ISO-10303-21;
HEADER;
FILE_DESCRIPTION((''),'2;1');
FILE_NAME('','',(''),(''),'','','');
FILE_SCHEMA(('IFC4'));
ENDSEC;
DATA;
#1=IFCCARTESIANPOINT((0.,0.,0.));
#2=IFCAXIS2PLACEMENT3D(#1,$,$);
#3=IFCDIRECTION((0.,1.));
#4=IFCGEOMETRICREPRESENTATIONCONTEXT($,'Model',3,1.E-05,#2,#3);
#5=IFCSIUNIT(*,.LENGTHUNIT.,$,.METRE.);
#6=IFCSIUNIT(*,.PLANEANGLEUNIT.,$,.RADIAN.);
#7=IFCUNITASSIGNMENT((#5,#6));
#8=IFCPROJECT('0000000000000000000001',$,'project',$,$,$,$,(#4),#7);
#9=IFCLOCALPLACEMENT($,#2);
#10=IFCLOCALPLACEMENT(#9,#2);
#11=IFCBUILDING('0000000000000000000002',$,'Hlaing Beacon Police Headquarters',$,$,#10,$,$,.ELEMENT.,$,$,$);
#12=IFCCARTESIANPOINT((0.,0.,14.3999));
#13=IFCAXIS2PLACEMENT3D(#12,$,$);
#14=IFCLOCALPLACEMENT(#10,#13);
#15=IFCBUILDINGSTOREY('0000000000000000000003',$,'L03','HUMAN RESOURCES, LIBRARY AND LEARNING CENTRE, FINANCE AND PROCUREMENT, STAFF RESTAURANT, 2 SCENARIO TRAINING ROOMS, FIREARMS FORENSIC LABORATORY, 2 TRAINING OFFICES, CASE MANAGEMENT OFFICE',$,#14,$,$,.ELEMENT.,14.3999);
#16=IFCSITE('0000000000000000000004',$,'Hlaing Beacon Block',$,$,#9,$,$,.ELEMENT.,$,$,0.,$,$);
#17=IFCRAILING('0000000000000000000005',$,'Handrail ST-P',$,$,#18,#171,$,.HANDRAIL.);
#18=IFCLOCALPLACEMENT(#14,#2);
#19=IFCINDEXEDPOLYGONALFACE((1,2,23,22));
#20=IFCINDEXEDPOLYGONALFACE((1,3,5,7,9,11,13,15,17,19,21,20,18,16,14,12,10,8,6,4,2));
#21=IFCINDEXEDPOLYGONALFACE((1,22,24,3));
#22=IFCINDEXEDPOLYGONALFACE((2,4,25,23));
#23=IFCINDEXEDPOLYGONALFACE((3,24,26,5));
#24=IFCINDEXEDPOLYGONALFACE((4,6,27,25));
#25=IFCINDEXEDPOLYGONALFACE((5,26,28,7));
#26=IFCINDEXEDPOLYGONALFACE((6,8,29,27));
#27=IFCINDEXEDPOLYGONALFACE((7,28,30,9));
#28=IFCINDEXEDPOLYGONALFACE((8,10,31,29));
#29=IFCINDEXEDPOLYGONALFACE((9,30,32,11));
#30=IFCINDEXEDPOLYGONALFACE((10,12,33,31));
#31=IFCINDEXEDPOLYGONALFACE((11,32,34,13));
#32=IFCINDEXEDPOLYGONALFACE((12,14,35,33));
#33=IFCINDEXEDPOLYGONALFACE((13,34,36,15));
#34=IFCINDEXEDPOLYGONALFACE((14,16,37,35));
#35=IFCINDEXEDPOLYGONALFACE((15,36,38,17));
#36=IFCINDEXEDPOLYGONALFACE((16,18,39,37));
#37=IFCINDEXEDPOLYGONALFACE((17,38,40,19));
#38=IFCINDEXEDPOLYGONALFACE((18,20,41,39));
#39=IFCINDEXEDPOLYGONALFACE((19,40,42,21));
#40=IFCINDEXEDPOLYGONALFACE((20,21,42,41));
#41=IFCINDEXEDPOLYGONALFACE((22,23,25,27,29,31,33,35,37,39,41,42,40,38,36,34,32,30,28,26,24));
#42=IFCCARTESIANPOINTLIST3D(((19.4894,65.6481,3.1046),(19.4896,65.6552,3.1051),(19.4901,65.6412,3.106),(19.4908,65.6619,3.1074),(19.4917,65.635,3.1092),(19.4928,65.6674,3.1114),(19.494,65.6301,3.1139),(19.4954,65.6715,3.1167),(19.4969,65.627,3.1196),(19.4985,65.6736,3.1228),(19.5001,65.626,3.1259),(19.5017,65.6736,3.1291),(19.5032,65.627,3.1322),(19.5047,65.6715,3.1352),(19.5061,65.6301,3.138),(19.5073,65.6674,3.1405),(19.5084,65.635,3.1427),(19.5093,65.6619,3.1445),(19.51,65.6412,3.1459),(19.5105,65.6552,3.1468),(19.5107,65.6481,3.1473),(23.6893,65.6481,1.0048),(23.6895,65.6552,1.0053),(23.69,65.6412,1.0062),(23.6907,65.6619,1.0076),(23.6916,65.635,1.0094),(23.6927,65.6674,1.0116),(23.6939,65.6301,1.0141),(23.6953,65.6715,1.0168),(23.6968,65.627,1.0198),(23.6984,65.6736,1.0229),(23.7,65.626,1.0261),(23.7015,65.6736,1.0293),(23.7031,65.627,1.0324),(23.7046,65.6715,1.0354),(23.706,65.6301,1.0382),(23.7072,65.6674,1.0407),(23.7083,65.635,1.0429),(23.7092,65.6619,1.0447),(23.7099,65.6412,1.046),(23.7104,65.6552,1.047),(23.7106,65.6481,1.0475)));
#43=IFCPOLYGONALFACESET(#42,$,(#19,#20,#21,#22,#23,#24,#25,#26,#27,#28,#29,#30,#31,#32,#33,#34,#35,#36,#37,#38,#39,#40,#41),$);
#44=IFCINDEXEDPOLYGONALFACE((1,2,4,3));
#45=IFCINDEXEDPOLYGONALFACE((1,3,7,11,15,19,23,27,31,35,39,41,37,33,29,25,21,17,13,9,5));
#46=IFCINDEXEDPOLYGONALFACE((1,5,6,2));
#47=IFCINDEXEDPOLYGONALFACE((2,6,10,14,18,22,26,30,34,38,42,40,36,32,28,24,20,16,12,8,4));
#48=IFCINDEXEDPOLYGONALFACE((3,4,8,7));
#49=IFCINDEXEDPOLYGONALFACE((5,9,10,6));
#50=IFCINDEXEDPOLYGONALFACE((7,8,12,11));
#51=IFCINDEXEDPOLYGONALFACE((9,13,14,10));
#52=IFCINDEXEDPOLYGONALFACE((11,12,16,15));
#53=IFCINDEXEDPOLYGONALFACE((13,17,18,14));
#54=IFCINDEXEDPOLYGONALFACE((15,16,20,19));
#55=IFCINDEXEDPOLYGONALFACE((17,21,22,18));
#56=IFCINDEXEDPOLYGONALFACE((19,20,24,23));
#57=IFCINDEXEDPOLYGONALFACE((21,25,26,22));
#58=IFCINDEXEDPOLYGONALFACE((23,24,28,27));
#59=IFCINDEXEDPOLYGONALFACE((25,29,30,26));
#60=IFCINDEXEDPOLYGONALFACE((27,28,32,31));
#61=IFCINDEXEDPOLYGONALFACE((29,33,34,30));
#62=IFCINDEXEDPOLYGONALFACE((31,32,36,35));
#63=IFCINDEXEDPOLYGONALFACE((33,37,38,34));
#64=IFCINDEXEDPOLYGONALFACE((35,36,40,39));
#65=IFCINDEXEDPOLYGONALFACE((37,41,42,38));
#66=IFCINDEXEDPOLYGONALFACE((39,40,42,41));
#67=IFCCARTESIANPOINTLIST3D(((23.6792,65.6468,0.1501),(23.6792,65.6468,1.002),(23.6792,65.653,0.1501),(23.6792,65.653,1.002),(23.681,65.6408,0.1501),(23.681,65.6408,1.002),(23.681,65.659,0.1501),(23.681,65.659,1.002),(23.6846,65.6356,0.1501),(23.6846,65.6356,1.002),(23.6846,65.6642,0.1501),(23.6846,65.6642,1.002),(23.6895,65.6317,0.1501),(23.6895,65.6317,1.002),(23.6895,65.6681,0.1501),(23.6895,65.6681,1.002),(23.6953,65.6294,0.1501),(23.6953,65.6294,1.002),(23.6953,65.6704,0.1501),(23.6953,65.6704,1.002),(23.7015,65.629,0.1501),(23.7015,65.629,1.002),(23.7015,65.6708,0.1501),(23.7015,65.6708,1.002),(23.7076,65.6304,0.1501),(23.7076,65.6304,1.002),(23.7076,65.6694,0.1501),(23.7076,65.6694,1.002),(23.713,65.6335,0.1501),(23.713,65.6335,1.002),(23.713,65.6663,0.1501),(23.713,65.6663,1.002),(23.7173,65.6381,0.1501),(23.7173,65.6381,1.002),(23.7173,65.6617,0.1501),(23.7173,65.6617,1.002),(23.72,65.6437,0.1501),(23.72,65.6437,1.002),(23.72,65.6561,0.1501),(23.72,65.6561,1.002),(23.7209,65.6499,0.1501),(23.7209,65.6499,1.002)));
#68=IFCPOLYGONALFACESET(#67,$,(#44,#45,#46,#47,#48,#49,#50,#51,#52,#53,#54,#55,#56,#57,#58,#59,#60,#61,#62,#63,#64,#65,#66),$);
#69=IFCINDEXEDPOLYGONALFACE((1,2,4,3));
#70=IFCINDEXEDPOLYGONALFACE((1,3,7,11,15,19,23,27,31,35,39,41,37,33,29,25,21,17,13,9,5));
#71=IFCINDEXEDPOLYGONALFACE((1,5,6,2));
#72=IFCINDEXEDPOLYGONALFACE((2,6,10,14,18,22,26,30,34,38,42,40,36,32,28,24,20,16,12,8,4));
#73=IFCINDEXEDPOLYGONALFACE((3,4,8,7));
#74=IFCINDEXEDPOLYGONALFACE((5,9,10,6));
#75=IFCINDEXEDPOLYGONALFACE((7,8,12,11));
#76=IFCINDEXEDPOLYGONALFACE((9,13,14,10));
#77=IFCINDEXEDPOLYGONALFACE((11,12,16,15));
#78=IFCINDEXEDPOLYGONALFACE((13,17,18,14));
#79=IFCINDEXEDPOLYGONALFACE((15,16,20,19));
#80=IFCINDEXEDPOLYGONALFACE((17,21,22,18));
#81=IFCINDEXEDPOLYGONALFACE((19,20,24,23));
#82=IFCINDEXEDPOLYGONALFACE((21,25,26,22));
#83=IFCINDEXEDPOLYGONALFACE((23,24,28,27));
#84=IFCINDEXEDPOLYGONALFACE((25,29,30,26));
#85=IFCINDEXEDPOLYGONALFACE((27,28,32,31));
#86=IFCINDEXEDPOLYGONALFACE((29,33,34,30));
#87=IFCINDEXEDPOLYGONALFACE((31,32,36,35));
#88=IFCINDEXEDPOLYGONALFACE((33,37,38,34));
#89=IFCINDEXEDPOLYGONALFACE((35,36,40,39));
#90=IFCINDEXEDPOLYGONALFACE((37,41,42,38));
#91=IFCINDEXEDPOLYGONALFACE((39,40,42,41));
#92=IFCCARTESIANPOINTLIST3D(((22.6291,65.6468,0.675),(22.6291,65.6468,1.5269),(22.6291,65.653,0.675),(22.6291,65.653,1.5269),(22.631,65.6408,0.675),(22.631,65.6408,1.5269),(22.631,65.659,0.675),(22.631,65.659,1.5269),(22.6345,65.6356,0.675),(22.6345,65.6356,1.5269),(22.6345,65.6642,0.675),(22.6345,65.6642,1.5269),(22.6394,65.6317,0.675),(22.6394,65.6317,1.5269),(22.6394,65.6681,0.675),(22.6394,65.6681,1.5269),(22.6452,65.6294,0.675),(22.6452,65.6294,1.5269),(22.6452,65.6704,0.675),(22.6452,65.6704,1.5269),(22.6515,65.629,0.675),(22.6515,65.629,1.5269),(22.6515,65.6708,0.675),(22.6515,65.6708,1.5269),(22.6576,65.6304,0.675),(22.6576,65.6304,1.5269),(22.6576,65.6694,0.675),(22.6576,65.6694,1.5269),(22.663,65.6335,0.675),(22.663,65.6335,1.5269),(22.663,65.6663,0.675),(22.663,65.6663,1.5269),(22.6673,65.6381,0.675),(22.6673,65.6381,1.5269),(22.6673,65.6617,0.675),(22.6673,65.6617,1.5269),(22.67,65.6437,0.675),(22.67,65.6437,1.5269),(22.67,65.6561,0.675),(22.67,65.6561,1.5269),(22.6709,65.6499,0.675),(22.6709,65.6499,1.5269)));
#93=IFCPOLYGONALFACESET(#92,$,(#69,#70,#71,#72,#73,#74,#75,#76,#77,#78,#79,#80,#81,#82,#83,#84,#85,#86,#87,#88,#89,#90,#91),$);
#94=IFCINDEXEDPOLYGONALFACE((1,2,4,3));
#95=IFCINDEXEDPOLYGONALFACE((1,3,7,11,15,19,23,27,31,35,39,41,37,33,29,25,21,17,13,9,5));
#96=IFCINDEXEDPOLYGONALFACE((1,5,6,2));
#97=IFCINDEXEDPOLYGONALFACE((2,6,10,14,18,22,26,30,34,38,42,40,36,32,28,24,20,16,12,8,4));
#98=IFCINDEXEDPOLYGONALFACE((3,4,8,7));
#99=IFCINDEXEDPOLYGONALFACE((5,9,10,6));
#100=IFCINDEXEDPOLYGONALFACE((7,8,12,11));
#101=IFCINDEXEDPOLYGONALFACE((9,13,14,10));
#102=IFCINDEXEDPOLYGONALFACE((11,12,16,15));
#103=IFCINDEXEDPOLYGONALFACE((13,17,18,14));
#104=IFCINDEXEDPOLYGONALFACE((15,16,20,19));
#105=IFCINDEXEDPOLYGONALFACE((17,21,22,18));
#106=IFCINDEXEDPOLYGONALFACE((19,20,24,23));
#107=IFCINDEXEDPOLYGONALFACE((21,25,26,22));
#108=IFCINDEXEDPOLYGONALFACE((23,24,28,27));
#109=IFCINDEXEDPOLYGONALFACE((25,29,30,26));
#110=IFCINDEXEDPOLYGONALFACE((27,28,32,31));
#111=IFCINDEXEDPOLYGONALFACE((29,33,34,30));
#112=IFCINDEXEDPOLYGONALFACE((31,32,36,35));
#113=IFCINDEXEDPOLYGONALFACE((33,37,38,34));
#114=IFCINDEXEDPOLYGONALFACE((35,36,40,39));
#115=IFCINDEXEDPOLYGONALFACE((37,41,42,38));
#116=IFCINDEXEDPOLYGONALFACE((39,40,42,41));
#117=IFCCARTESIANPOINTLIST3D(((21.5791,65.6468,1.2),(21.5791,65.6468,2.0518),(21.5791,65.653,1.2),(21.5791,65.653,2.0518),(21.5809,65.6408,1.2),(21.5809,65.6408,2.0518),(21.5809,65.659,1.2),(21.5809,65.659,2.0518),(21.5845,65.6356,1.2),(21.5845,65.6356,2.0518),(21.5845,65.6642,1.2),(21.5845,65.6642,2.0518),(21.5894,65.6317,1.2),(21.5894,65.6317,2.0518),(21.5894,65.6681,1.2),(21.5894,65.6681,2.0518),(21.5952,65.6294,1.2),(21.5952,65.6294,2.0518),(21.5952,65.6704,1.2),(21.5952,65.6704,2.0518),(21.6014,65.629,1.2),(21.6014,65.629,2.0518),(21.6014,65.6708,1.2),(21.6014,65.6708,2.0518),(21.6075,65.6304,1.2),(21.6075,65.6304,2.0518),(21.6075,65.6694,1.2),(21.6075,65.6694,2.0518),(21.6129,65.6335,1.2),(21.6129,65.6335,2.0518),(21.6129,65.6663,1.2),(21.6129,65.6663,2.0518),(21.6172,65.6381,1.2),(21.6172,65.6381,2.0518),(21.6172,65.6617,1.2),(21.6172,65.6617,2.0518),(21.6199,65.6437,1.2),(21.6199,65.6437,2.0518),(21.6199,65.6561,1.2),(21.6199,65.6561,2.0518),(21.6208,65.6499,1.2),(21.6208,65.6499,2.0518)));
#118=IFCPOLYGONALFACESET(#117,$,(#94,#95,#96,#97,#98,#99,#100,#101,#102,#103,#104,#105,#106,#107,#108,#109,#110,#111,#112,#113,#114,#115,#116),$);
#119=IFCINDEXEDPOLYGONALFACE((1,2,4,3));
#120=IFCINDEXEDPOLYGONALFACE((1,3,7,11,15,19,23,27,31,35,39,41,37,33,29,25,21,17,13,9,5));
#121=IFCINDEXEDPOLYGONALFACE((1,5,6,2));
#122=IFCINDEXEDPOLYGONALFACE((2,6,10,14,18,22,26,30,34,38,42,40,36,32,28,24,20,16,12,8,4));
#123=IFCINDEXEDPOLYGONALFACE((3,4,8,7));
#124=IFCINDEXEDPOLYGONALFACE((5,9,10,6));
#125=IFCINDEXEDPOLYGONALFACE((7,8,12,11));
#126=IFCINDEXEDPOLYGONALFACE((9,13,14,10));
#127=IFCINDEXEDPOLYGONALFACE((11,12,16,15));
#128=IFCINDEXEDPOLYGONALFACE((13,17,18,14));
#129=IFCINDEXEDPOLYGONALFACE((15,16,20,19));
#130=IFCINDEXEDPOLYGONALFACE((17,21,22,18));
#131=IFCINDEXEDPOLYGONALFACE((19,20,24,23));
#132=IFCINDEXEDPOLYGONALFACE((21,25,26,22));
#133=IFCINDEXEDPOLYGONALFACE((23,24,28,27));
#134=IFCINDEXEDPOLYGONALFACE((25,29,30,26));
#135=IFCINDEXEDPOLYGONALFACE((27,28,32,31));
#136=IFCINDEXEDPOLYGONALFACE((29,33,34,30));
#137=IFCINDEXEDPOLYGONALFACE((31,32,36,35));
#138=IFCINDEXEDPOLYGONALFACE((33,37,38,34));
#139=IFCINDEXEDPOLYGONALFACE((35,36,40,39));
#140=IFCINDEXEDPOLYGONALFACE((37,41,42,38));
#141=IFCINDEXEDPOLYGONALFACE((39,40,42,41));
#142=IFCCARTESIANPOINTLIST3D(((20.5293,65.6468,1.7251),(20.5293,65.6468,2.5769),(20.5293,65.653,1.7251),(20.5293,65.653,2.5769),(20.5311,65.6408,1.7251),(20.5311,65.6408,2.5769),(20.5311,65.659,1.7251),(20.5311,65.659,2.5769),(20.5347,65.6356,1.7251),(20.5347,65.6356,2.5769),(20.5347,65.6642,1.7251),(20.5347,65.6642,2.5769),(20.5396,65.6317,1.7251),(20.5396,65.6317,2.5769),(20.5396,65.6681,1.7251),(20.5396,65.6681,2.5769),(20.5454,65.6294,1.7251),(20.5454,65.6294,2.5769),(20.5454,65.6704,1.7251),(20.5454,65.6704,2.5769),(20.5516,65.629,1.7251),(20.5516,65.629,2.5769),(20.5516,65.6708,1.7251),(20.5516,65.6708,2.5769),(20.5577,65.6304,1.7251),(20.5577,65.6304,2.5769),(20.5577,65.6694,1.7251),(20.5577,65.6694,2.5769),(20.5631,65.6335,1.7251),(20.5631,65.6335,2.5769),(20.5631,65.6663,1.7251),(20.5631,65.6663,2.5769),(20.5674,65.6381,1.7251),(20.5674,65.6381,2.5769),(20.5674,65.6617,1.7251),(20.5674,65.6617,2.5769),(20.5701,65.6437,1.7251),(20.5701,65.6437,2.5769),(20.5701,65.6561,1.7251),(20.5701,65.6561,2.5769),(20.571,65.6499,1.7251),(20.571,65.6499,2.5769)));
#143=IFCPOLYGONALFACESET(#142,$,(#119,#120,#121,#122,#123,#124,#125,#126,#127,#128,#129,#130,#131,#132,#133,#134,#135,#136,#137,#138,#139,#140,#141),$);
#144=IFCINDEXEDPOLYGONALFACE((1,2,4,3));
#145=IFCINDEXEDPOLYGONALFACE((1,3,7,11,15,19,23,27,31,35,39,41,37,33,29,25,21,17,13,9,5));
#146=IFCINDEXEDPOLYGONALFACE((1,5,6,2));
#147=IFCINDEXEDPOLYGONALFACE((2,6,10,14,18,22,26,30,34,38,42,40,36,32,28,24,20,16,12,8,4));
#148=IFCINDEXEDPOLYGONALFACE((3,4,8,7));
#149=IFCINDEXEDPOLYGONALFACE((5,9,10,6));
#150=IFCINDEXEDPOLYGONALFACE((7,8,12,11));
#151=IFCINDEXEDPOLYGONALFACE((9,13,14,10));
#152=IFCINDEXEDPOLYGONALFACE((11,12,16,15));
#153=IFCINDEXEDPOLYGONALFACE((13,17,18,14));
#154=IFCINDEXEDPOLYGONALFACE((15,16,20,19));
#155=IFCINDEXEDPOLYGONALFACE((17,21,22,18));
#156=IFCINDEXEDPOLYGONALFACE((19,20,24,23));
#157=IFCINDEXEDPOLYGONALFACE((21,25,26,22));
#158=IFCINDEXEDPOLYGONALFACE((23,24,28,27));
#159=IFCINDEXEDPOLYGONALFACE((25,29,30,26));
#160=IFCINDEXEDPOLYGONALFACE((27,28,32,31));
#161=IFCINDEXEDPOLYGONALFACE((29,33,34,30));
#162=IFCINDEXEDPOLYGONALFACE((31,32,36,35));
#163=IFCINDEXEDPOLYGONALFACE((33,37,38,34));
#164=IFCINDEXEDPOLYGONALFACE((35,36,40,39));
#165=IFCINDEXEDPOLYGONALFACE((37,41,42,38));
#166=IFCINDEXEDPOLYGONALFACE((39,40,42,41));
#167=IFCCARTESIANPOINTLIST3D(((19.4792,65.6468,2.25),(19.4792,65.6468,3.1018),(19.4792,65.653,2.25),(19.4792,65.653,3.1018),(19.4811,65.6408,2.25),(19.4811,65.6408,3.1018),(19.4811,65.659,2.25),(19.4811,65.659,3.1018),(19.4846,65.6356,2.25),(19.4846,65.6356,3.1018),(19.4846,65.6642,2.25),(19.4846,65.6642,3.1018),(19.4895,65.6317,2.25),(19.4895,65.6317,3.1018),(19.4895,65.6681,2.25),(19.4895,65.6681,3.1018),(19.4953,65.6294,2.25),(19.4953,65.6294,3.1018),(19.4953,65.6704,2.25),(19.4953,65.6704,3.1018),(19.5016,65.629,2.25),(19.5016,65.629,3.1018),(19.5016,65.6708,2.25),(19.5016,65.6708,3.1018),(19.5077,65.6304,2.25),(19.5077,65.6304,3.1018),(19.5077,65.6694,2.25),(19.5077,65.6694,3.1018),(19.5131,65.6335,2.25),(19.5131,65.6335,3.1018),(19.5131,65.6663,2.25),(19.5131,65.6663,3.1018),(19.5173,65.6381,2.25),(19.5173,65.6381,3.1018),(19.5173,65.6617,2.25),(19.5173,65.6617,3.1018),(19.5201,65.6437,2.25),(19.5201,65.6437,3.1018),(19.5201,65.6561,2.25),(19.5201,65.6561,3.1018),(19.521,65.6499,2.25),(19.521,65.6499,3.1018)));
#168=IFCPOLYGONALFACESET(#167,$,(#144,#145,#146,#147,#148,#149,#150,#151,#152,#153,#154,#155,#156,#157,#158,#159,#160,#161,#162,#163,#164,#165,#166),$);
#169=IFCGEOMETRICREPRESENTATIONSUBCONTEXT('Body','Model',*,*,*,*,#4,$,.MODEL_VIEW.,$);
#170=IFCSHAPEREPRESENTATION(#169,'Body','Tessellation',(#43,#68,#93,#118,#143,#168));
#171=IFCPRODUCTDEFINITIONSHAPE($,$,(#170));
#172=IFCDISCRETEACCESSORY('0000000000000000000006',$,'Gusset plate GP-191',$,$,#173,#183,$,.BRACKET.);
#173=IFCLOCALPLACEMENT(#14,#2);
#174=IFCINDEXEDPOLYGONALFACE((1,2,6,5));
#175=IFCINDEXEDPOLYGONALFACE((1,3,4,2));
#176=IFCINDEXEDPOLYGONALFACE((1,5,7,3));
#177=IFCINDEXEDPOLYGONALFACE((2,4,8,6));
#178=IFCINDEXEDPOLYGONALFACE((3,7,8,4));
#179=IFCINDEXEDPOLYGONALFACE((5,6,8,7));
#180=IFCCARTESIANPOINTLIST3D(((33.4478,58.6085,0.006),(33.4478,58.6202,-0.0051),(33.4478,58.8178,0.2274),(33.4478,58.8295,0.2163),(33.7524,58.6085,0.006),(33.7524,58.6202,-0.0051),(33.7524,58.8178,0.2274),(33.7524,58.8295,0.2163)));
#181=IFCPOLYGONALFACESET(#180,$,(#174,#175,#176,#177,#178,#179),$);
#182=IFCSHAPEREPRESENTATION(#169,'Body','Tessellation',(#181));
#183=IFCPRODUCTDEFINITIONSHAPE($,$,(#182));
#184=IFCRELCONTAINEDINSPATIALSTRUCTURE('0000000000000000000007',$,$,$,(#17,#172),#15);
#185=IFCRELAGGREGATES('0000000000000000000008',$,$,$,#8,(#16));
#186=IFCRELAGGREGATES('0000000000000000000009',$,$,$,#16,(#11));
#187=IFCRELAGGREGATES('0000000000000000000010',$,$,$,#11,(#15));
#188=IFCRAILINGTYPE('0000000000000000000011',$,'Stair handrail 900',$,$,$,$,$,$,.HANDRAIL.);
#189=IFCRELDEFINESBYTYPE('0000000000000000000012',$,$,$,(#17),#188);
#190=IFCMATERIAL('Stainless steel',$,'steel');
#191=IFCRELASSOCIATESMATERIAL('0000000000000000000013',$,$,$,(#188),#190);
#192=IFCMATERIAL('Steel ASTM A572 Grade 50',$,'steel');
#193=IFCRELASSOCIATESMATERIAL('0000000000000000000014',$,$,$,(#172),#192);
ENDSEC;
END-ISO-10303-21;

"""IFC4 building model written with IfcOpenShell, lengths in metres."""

from ifc_helpers import new_model, si_unit, direction, frame, origin, origin_2d, place, context, subcontext, project, spatial, rectangle, circle, extrude, material, type_object, element, save


model = new_model("IFC4")

# Units and contexts
model_context = context("Model", 3, precision=1e-05, world=origin(), true_north=direction((0.0, 1.0)))
body_context = subcontext(model_context, "Body", "Model", "MODEL_VIEW")
ifc_project = project(units=[si_unit("LENGTHUNIT", "METRE"), si_unit("PLANEANGLEUNIT", "RADIAN")], contexts=[model_context])

# Site, building, storey
site_placement = place(None, origin())
site = spatial("IfcSite", under=ifc_project, at=site_placement, Name="Hlaing Beacon Block", CompositionType="ELEMENT", RefElevation=0.0)
building_placement = place(site_placement, origin())
building = spatial("IfcBuilding", under=site, at=building_placement, Name="Hlaing Beacon Police Headquarters", CompositionType="ELEMENT")
storey_placement = place(building_placement, frame((0.0, 0.0, 14.3999)))
storey = spatial("IfcBuildingStorey", under=building, at=storey_placement, Name="L03", Description="HUMAN RESOURCES, LIBRARY AND LEARNING CENTRE, FINANCE AND PROCUREMENT, STAFF RESTAURANT, 2 SCENARIO TRAINING ROOMS, FIREARMS FORENSIC LABORATORY, 2 TRAINING OFFICES, CASE MANAGEMENT OFFICE", CompositionType="ELEMENT", Elevation=14.3999)

# Railing
ifc_material_1 = material(Name="Stainless steel", Category="steel")
railing_type = type_object("IfcRailingType", Name="Stair handrail 900", PredefinedType="HANDRAIL", material=ifc_material_1)
for number, where, name in (
    (1, (23.7, 65.6499, 0.1501), "Handrail ST-P"),
):
    element("IfcRailing", number, at=place(storey_placement, frame(where)), inside=storey, type_object=railing_type, Name=name, PredefinedType="HANDRAIL", context=body_context, shape_type="SweptSolid", body=[
        extrude(circle(Radius=0.0239, at=origin_2d()), frame((0.0, 0.0, 0.876), z_axis=(-0.894438, 0.0, 0.447193), x_axis=(0.0, -1.0, 0.0)), (0.0, 0.0, 1.0), 4.6956),
        extrude(circle(Radius=0.021, at=origin_2d()), origin(), (0.0, 0.0, 1.0), 0.8518),
        extrude(circle(Radius=0.021, at=origin_2d()), frame((-1.05, 0.0, 0.5249)), (0.0, 0.0, 1.0), 0.8518),
        extrude(circle(Radius=0.021, at=origin_2d()), frame((-2.1001, 0.0, 1.0498)), (0.0, 0.0, 1.0), 0.8518),
        extrude(circle(Radius=0.021, at=origin_2d()), frame((-3.1499, 0.0, 1.575)), (0.0, 0.0, 1.0), 0.8518),
        extrude(circle(Radius=0.021, at=origin_2d()), frame((-4.2, 0.0, 2.0999)), (0.0, 0.0, 1.0), 0.8518),
    ])

# Discrete accessory
ifc_material_2 = material(Name="Steel ASTM A572 Grade 50", Category="steel")
discrete_accessory_placement = place(storey_placement, frame((33.6001, 58.7131, 0.1167), z_axis=(0.0, 0.726657, -0.687001), x_axis=(-1.0, 0.0, 0.0)))
element("IfcDiscreteAccessory", 2, at=discrete_accessory_placement, inside=storey, material=ifc_material_2, Name="Gusset plate GP-191", PredefinedType="BRACKET", context=body_context, shape_type="SweptSolid", body=[
    extrude(rectangle(XDim=0.3047, YDim=0.3047, at=origin_2d()), origin(), (0.0, 0.0, 1.0), 0.0161),
])

save(model, "model.ifc")
